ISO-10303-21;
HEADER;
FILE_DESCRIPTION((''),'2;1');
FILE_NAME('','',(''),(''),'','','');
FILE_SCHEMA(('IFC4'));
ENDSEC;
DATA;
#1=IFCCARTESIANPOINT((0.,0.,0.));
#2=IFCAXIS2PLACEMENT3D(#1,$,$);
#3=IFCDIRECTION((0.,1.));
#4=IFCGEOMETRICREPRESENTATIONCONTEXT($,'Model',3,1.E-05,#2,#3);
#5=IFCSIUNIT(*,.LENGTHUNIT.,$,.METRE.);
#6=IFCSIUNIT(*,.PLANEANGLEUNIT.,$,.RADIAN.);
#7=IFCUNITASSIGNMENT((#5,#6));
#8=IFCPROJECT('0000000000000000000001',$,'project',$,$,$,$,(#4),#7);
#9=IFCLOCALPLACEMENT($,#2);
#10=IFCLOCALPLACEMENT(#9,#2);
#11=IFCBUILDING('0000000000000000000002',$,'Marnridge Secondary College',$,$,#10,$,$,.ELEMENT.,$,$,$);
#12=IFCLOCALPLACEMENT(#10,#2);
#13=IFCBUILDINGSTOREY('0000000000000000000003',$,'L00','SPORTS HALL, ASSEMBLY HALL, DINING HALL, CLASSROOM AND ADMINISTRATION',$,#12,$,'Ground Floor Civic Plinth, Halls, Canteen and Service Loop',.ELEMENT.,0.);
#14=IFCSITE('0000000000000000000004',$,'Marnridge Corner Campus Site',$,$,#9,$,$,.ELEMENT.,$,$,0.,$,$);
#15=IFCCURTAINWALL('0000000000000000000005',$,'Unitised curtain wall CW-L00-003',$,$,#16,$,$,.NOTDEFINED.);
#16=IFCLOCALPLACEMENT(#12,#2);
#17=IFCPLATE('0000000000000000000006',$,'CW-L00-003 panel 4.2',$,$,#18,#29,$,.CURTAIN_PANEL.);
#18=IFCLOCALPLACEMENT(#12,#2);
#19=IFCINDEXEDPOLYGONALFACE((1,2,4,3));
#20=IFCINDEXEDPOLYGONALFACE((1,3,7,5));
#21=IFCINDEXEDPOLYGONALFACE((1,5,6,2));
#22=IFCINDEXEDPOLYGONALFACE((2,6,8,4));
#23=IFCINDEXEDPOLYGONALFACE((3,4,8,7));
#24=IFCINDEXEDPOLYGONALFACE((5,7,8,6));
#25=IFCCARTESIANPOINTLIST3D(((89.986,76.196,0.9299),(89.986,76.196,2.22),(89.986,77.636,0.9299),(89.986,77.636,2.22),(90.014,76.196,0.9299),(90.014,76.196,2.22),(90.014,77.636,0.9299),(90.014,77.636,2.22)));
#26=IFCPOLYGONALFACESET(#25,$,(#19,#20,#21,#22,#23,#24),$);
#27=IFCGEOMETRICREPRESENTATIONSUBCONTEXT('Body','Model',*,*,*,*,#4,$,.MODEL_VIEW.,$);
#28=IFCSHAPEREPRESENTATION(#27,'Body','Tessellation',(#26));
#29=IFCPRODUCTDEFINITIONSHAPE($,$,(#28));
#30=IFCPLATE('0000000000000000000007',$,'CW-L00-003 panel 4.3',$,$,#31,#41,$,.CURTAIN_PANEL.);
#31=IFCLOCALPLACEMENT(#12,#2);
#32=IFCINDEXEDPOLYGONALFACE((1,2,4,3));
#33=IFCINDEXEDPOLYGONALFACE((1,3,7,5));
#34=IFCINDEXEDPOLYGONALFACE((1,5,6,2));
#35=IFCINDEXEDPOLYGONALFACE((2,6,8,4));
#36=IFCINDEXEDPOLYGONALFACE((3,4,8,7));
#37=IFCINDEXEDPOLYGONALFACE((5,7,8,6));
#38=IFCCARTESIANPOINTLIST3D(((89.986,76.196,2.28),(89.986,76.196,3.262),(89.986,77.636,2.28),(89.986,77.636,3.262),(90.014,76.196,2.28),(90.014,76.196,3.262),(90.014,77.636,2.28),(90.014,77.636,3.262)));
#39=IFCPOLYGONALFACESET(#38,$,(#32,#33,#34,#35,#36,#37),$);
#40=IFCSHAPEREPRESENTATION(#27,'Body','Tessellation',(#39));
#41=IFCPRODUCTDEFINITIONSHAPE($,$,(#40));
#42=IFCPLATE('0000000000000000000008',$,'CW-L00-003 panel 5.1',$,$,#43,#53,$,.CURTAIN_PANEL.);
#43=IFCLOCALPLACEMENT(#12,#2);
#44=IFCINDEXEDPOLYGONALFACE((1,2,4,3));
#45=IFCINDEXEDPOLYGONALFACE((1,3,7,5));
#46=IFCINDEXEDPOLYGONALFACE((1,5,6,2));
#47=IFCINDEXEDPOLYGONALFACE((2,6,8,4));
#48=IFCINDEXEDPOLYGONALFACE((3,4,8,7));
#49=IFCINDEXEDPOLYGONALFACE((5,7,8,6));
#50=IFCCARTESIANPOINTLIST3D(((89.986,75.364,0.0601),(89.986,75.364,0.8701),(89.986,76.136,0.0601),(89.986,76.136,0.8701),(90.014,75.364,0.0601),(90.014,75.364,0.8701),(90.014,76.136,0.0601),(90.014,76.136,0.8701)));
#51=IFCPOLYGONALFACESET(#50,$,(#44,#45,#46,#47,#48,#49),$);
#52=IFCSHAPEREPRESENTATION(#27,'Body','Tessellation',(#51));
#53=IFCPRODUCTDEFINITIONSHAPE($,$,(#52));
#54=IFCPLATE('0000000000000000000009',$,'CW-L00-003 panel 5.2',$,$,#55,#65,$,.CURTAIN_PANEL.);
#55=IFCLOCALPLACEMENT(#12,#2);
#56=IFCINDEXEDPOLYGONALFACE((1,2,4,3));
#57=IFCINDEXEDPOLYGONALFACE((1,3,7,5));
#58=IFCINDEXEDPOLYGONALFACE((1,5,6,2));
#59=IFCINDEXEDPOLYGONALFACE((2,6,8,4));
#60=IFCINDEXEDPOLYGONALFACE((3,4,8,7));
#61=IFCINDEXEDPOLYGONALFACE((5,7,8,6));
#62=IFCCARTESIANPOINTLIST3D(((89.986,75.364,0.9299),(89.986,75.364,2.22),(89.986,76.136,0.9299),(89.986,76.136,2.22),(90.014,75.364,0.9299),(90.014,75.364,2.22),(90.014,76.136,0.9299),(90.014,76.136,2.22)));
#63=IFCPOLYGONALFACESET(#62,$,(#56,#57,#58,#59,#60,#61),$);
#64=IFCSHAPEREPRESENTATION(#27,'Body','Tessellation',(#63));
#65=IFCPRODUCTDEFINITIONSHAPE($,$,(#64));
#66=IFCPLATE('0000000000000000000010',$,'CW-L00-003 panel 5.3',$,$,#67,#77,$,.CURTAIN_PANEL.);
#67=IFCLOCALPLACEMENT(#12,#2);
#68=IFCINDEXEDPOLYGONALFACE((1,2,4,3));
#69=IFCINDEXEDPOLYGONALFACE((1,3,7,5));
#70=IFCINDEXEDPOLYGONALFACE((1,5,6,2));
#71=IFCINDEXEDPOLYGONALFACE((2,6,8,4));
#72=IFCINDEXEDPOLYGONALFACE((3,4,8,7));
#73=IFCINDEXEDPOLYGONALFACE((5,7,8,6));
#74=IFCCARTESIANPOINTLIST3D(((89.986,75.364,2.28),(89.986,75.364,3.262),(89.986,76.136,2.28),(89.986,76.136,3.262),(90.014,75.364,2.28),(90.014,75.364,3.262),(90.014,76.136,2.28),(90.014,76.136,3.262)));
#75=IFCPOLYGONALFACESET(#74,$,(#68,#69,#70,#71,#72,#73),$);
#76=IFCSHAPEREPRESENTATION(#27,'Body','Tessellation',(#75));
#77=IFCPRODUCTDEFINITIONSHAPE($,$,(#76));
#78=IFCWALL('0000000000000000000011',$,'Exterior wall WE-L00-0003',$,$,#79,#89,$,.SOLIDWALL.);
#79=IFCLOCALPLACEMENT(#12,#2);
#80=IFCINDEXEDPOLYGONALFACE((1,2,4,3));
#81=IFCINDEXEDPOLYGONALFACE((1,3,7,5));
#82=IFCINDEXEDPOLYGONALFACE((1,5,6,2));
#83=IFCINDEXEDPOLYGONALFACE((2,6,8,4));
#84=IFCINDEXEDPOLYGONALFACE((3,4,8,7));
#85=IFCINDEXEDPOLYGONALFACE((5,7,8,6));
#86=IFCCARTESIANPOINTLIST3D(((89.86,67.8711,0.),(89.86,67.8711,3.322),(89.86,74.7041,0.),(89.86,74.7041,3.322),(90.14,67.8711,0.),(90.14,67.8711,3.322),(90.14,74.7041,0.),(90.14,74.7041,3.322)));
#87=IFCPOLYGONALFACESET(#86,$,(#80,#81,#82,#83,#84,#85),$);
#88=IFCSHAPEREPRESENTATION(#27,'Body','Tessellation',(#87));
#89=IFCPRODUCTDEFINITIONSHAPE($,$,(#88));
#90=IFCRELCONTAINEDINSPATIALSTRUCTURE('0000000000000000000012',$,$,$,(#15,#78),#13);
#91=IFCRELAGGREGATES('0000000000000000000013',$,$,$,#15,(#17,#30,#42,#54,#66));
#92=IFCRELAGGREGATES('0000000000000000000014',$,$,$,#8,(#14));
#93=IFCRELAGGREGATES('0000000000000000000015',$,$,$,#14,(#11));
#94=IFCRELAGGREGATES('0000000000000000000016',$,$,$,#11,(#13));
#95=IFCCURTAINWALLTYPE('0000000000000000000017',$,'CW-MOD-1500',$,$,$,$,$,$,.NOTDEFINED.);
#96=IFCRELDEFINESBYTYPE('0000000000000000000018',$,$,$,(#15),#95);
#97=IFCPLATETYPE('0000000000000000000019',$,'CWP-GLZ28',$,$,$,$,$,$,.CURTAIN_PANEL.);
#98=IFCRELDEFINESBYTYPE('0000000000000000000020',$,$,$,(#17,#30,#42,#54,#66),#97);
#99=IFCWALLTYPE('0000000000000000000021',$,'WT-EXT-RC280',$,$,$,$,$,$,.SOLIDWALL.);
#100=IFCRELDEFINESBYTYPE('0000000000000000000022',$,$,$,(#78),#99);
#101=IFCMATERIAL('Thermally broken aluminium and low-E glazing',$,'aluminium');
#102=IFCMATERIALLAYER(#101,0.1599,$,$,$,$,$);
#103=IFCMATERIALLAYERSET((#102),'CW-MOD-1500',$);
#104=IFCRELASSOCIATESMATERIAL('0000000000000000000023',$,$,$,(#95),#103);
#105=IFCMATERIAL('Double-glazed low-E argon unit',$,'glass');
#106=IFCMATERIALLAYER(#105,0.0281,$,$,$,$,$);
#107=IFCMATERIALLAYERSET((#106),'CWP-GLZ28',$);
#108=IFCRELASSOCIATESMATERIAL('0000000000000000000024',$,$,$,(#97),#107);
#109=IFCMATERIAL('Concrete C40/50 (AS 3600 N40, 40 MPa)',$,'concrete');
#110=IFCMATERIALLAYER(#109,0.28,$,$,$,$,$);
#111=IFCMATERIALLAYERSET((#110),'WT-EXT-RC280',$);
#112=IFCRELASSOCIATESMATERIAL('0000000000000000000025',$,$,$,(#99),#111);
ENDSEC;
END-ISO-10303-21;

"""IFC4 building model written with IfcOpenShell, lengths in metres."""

from ifc_helpers import new_model, si_unit, direction, frame, frame_2d, origin, origin_2d, place, context, subcontext, project, spatial, rectangle, extrude, material, layer, layer_set, type_object, element, aggregate, save


model = new_model("IFC4")

# Units and contexts
model_context = context("Model", 3, precision=1e-05, world=origin(), true_north=direction((0.0, 1.0)))
body_context = subcontext(model_context, "Body", "Model", "MODEL_VIEW")
ifc_project = project(units=[si_unit("LENGTHUNIT", "METRE"), si_unit("PLANEANGLEUNIT", "RADIAN")], contexts=[model_context])

# Site, building, storey
site_placement = place(None, origin())
site = spatial("IfcSite", under=ifc_project, at=site_placement, Name="Marnridge Corner Campus Site", CompositionType="ELEMENT", RefElevation=0.0)
building_placement = place(site_placement, origin())
building = spatial("IfcBuilding", under=site, at=building_placement, Name="Marnridge Secondary College", CompositionType="ELEMENT")
storey_placement = place(building_placement, origin())
storey = spatial("IfcBuildingStorey", under=building, at=storey_placement, Name="L00", Description="SPORTS HALL, ASSEMBLY HALL, DINING HALL, CLASSROOM AND ADMINISTRATION", LongName="Ground Floor Civic Plinth, Halls, Canteen and Service Loop", CompositionType="ELEMENT", Elevation=0.0)

# Curtain wall, plates
ifc_material_1 = material(Name="Thermally broken aluminium and low-E glazing", Category="aluminium")
ifc_layer_1 = layer(ifc_material_1, 0.1599)
ifc_layer_set_1 = layer_set([ifc_layer_1], Name="CW-MOD-1500")
curtain_wall_type = type_object("IfcCurtainWallType", Name="CW-MOD-1500", PredefinedType="NOTDEFINED", material=ifc_layer_set_1)
curtain_wall_placement = place(storey_placement, origin())
curtain_wall = element("IfcCurtainWall", 1, at=curtain_wall_placement, inside=storey, type_object=curtain_wall_type, Name="Unitised curtain wall CW-L00-003", PredefinedType="NOTDEFINED")
ifc_material_2 = material(Name="Double-glazed low-E argon unit", Category="glass")
ifc_layer_2 = layer(ifc_material_2, 0.0281)
ifc_layer_set_2 = layer_set([ifc_layer_2], Name="CWP-GLZ28")
plate_type = type_object("IfcPlateType", Name="CWP-GLZ28", PredefinedType="CURTAIN_PANEL", material=ifc_layer_set_2)
plate_1_placement = place(storey_placement, frame((90.0, 76.916, 0.9299), z_axis=(0.0, 0.0, 1.0), x_axis=(0.0, -1.0, 0.0)))
plate_1 = element("IfcPlate", 2, at=plate_1_placement, type_object=plate_type, Name="CW-L00-003 panel 4.2", PredefinedType="CURTAIN_PANEL", context=body_context, shape_type="SweptSolid", body=[
    extrude(rectangle(XDim=1.4399, YDim=0.0281, at=origin_2d()), origin(), (0.0, 0.0, 1.0), 1.29),
])
plate_2_placement = place(storey_placement, frame((90.0, 76.916, 2.28), z_axis=(0.0, 0.0, 1.0), x_axis=(0.0, -1.0, 0.0)))
plate_2 = element("IfcPlate", 3, at=plate_2_placement, type_object=plate_type, Name="CW-L00-003 panel 4.3", PredefinedType="CURTAIN_PANEL", context=body_context, shape_type="SweptSolid", body=[
    extrude(rectangle(XDim=1.4399, YDim=0.0281, at=origin_2d()), origin(), (0.0, 0.0, 1.0), 0.9819),
])
plate_3_placement = place(storey_placement, frame((90.0, 75.75, 0.0601), z_axis=(0.0, 0.0, 1.0), x_axis=(0.0, -1.0, 0.0)))
plate_3 = element("IfcPlate", 4, at=plate_3_placement, type_object=plate_type, Name="CW-L00-003 panel 5.1", PredefinedType="CURTAIN_PANEL", context=body_context, shape_type="SweptSolid", body=[
    extrude(rectangle(XDim=0.772, YDim=0.0281, at=origin_2d()), origin(), (0.0, 0.0, 1.0), 0.8101),
])
plate_4_placement = place(storey_placement, frame((90.0, 75.75, 0.9299), z_axis=(0.0, 0.0, 1.0), x_axis=(0.0, -1.0, 0.0)))
plate_4 = element("IfcPlate", 5, at=plate_4_placement, type_object=plate_type, Name="CW-L00-003 panel 5.2", PredefinedType="CURTAIN_PANEL", context=body_context, shape_type="SweptSolid", body=[
    extrude(rectangle(XDim=0.772, YDim=0.0281, at=origin_2d()), origin(), (0.0, 0.0, 1.0), 1.29),
])
plate_5_placement = place(storey_placement, frame((90.0, 75.75, 2.28), z_axis=(0.0, 0.0, 1.0), x_axis=(0.0, -1.0, 0.0)))
plate_5 = element("IfcPlate", 6, at=plate_5_placement, type_object=plate_type, Name="CW-L00-003 panel 5.3", PredefinedType="CURTAIN_PANEL", context=body_context, shape_type="SweptSolid", body=[
    extrude(rectangle(XDim=0.772, YDim=0.0281, at=origin_2d()), origin(), (0.0, 0.0, 1.0), 0.9819),
])
aggregate(curtain_wall, [plate_1, plate_2, plate_3, plate_4, plate_5])

# Wall
ifc_material_3 = material(Name="Concrete C40/50 (AS 3600 N40, 40 MPa)", Category="concrete")
ifc_layer_3 = layer(ifc_material_3, 0.28)
ifc_layer_set_3 = layer_set([ifc_layer_3], Name="WT-EXT-RC280")
wall_type = type_object("IfcWallType", Name="WT-EXT-RC280", PredefinedType="SOLIDWALL", material=ifc_layer_set_3)
wall_placement = place(storey_placement, frame((90.0, 74.7041, 0.0), z_axis=(0.0, 0.0, 1.0), x_axis=(0.0, -1.0, 0.0)))
element("IfcWall", 7, at=wall_placement, inside=storey, type_object=wall_type, Name="Exterior wall WE-L00-0003", PredefinedType="SOLIDWALL", context=body_context, shape_type="SweptSolid", body=[
    extrude(rectangle(XDim=6.833, YDim=0.28, at=frame_2d((3.4165, 0.0))), origin(), (0.0, 0.0, 1.0), 3.322),
])

save(model, "model.ifc")
